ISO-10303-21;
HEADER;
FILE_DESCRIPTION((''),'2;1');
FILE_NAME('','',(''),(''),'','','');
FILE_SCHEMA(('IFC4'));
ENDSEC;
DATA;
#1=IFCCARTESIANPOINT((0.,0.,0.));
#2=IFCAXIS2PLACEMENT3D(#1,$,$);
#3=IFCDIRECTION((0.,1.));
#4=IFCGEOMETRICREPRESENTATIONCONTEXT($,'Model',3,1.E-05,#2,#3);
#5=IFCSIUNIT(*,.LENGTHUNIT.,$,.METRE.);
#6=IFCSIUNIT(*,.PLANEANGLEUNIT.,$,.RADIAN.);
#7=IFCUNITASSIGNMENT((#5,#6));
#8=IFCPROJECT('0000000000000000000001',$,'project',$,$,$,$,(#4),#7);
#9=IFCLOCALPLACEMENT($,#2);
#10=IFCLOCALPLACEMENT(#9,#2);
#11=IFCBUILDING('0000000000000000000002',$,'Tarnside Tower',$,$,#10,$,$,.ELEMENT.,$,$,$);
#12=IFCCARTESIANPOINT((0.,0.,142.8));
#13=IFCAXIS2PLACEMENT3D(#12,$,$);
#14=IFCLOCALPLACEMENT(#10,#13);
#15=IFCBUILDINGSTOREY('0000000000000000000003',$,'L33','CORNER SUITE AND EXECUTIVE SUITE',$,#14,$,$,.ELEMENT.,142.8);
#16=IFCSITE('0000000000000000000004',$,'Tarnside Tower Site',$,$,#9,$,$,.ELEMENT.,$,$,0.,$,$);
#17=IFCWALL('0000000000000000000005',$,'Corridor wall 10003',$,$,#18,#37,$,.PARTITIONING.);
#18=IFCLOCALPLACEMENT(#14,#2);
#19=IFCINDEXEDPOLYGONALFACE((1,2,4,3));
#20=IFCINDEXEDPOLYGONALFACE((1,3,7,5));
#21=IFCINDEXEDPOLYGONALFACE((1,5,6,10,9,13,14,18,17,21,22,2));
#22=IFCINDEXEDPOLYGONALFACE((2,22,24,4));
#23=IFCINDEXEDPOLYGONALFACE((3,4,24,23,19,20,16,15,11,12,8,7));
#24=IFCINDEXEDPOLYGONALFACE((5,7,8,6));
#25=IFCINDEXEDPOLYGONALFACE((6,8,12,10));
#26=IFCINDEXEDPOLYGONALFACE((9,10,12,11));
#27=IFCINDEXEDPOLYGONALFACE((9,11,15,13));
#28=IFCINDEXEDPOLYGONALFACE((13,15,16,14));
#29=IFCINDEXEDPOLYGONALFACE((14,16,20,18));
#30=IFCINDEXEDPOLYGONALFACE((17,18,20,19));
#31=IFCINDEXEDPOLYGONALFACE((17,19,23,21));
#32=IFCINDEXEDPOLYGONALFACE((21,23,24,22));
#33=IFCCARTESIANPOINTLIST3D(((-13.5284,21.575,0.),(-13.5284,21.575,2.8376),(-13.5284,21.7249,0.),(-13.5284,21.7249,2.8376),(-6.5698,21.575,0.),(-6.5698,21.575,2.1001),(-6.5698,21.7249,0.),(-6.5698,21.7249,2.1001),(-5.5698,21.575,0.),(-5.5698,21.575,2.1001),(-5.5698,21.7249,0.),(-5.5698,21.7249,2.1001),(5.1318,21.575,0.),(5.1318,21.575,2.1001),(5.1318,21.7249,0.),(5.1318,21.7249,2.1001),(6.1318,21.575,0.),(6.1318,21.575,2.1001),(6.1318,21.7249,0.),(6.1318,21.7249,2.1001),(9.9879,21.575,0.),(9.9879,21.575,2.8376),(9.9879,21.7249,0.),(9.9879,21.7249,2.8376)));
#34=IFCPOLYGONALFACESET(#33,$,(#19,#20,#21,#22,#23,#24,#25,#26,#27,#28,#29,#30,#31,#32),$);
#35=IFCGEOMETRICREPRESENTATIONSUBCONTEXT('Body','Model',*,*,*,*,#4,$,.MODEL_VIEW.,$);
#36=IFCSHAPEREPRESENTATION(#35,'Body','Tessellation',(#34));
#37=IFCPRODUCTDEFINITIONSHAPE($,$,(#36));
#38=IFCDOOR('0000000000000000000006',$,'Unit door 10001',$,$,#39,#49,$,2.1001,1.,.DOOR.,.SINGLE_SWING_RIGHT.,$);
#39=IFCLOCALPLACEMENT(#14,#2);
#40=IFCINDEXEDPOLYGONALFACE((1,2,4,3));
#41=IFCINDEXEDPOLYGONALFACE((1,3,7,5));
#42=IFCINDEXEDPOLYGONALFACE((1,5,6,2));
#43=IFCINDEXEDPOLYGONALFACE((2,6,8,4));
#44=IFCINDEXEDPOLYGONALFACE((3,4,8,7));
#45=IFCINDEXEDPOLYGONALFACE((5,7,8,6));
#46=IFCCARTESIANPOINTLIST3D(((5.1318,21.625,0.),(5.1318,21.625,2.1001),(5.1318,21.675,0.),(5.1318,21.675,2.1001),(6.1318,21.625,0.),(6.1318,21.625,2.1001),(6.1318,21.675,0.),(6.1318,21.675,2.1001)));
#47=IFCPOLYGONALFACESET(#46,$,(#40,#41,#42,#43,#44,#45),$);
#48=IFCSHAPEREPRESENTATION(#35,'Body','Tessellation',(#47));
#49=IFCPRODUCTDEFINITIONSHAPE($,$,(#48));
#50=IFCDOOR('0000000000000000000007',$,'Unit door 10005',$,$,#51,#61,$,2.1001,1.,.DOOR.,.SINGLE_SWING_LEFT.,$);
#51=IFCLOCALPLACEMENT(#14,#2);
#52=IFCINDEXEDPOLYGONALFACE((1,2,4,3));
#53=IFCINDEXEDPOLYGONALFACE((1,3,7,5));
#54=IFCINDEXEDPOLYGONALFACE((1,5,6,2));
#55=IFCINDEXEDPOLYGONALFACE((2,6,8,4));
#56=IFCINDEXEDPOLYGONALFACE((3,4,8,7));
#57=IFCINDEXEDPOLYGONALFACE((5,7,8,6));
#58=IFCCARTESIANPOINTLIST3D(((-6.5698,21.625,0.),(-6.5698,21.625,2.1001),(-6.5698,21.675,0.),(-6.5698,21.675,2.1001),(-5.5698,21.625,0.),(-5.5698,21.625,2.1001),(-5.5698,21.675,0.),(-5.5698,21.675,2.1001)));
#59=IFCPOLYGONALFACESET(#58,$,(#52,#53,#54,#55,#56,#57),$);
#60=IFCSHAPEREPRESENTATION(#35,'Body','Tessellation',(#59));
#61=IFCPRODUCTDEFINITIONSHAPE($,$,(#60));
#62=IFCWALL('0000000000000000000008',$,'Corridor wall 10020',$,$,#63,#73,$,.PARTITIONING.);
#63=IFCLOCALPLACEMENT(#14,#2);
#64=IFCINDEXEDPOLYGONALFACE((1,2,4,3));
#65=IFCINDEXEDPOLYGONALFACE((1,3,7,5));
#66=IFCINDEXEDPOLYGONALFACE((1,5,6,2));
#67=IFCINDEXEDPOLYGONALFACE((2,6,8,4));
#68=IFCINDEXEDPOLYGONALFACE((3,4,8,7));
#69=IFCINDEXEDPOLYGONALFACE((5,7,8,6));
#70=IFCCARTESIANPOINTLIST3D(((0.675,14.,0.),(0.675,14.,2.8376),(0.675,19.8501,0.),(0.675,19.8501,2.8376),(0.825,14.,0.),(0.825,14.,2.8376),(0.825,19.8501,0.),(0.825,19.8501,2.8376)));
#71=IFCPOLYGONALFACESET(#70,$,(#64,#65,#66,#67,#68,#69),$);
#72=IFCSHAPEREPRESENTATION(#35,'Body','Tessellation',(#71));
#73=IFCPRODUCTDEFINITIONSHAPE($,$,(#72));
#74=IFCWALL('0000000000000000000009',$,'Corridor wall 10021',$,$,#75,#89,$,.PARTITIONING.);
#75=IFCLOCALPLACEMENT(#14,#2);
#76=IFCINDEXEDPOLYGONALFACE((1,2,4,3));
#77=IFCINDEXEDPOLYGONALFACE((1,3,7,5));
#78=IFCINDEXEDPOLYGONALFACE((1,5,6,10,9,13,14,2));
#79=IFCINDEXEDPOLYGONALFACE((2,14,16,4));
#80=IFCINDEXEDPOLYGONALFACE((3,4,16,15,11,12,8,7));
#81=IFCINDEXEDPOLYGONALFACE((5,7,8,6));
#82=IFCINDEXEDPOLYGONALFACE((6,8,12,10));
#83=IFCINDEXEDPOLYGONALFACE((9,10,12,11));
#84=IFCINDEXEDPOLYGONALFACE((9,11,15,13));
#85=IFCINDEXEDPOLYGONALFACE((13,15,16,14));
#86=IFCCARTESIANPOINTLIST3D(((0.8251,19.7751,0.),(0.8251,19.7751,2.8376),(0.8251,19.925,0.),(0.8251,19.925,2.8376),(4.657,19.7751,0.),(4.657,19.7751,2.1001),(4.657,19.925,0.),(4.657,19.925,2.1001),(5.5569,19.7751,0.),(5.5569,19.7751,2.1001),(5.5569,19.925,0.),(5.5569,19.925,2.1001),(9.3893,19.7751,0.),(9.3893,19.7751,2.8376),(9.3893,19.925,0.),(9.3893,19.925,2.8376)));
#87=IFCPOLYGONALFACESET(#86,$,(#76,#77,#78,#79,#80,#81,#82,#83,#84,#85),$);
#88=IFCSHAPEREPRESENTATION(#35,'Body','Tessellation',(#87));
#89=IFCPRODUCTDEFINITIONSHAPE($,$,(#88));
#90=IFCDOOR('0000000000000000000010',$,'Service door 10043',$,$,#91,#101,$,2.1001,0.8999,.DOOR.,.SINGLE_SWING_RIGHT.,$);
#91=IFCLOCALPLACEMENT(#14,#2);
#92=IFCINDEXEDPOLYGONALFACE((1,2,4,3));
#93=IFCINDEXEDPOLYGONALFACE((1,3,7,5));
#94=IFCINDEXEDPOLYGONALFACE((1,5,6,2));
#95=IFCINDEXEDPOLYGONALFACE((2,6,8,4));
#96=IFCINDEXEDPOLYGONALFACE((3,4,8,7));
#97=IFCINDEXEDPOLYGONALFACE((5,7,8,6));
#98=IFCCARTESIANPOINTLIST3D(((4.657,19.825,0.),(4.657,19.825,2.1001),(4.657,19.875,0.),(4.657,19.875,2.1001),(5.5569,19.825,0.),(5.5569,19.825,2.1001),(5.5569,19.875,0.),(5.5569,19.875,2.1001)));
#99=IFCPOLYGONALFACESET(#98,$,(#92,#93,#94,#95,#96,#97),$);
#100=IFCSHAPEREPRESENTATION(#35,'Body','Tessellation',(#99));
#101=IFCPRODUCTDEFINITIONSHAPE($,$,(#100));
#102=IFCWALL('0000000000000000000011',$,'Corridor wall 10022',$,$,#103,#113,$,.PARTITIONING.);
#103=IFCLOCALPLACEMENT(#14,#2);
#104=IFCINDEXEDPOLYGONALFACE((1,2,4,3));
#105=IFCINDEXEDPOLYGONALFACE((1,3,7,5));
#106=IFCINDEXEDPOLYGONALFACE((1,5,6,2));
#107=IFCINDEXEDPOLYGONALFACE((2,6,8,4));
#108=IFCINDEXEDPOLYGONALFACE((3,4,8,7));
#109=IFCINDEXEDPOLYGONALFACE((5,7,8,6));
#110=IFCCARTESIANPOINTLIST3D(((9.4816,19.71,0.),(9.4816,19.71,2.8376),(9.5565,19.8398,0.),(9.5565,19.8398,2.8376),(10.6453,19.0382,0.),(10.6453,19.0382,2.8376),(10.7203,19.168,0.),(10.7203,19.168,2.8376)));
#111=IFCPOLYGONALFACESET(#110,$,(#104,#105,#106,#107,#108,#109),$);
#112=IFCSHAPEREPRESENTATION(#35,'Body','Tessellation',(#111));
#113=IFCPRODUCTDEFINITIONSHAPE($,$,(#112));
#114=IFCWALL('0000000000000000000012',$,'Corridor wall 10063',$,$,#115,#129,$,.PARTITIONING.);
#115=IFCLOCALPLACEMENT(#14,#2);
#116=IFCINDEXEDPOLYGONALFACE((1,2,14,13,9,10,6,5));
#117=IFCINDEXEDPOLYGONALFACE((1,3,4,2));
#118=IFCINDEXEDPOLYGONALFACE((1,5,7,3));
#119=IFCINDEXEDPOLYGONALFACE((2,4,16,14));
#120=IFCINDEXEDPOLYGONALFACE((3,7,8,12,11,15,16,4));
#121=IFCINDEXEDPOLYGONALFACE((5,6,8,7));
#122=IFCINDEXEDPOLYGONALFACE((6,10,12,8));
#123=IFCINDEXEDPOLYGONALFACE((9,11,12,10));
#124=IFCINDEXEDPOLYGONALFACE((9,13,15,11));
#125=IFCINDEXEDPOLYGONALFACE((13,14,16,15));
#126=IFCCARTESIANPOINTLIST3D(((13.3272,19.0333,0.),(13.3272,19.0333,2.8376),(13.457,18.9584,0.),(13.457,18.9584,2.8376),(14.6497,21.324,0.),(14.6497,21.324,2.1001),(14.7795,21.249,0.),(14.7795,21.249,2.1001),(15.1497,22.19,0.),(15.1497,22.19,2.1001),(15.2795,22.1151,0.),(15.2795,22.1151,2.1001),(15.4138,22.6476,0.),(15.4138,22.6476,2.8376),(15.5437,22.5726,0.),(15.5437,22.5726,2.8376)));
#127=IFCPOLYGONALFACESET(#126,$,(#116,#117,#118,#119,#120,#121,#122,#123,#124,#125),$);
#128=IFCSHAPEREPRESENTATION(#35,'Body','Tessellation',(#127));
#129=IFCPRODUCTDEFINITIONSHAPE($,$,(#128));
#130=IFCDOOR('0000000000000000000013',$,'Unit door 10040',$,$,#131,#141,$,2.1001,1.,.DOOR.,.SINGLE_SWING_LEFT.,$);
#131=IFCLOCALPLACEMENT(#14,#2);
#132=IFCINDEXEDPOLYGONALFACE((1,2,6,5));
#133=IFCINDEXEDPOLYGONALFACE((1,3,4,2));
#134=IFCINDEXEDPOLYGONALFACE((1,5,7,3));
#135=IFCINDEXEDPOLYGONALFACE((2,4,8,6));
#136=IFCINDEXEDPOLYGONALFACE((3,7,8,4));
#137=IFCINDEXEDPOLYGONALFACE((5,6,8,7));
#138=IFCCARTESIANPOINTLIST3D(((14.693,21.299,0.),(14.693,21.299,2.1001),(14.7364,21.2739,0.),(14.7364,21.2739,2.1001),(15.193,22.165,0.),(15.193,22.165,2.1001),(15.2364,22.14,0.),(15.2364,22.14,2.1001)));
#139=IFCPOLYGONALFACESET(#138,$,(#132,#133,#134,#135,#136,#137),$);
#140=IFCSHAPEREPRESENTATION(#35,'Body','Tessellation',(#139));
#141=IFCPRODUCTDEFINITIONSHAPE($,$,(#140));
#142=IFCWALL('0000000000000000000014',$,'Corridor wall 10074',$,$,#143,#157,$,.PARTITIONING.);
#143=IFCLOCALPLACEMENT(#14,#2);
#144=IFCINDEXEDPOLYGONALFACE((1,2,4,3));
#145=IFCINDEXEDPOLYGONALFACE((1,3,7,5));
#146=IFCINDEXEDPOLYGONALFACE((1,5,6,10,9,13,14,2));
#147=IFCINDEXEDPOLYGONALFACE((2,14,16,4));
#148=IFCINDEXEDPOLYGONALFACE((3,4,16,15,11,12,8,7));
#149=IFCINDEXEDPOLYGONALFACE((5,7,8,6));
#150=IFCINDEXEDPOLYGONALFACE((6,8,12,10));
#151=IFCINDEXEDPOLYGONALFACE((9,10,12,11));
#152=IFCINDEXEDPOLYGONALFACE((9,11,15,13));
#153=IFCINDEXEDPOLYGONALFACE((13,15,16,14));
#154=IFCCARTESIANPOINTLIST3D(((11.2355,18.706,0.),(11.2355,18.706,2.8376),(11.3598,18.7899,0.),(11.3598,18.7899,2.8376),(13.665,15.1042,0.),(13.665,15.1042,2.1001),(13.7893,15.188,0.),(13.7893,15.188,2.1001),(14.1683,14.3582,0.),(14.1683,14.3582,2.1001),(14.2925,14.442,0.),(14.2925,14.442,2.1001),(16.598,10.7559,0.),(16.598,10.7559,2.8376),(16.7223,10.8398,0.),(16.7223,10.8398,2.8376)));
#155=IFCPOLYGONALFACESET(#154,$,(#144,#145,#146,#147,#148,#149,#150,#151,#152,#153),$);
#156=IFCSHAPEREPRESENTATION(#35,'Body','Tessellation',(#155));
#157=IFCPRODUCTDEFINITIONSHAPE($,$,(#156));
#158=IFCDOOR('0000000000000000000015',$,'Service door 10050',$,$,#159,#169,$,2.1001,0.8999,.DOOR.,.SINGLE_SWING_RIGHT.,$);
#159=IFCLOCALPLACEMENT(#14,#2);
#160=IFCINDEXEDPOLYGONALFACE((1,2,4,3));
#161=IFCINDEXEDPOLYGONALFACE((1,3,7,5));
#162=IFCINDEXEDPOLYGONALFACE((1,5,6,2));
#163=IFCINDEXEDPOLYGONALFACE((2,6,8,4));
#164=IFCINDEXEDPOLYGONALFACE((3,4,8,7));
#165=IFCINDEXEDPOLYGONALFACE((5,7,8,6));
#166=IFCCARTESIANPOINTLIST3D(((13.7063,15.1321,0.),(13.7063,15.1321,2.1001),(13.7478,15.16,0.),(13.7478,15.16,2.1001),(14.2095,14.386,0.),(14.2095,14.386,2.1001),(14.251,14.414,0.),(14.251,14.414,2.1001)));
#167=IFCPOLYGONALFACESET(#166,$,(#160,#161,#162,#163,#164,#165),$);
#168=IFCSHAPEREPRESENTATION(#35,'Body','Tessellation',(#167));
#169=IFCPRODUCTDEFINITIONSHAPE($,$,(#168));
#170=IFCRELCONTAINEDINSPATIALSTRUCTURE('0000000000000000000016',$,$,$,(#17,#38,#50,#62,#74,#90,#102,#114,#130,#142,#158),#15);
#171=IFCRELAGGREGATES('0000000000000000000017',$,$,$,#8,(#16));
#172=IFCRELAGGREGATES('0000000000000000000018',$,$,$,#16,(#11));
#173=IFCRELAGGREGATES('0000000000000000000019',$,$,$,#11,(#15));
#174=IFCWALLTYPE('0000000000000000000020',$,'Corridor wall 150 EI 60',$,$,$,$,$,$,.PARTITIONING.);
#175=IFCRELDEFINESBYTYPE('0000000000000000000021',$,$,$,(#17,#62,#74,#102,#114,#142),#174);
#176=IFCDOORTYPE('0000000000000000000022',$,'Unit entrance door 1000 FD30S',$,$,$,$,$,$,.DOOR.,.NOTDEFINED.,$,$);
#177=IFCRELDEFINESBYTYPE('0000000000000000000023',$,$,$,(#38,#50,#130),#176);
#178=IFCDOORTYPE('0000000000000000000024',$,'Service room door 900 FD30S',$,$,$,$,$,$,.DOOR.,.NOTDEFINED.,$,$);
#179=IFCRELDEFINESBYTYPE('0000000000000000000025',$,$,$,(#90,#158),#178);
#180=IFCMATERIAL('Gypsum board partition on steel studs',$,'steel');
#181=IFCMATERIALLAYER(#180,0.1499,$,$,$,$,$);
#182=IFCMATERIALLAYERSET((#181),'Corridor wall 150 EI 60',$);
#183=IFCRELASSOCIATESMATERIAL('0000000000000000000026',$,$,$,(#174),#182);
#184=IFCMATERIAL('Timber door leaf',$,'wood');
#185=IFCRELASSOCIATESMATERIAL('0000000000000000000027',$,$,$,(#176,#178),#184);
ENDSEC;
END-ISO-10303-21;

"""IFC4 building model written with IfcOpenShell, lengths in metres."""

from ifc_helpers import new_model, si_unit, direction, frame, frame_2d, origin, place, context, subcontext, project, spatial, rectangle, extrude, material, layer, layer_set, type_object, element, fill, save


model = new_model("IFC4")

# Units and contexts
model_context = context("Model", 3, precision=1e-05, world=origin(), true_north=direction((0.0, 1.0)))
body_context = subcontext(model_context, "Body", "Model", "MODEL_VIEW")
ifc_project = project(units=[si_unit("LENGTHUNIT", "METRE"), si_unit("PLANEANGLEUNIT", "RADIAN")], contexts=[model_context])

# Site, building, storey
site_placement = place(None, origin())
site = spatial("IfcSite", under=ifc_project, at=site_placement, Name="Tarnside Tower Site", CompositionType="ELEMENT", RefElevation=0.0)
building_placement = place(site_placement, origin())
building = spatial("IfcBuilding", under=site, at=building_placement, Name="Tarnside Tower", CompositionType="ELEMENT")
storey_placement = place(building_placement, frame((0.0, 0.0, 142.8)))
storey = spatial("IfcBuildingStorey", under=building, at=storey_placement, Name="L33", Description="CORNER SUITE AND EXECUTIVE SUITE", CompositionType="ELEMENT", Elevation=142.8)

# Shared definitions
ifc_material_1 = material(Name="Gypsum board partition on steel studs", Category="steel")
ifc_material_2 = material(Name="Timber door leaf", Category="wood")

# Shared definitions
ifc_layer_1 = layer(ifc_material_1, 0.1499)
ifc_layer_set_1 = layer_set([ifc_layer_1], Name="Corridor wall 150 EI 60")
wall_type_1 = type_object("IfcWallType", Name="Corridor wall 150 EI 60", PredefinedType="PARTITIONING", material=ifc_layer_set_1)

# Wall, openings, doors
wall_1_placement = place(storey_placement, frame((9.988, 21.6499, 0.0), z_axis=(0.0, 0.0, 1.0), x_axis=(-1.0, 0.0, 0.0)))
wall_1 = element("IfcWall", 1, at=wall_1_placement, inside=storey, type_object=wall_type_1, Name="Corridor wall 10003", PredefinedType="PARTITIONING", context=body_context, shape_type="SweptSolid", body=[
    extrude(rectangle(XDim=23.5164, YDim=0.1499, at=frame_2d((11.7583, 0.0))), origin(), (0.0, 0.0, 1.0), 2.8376),
])
opening_1_placement = place(wall_1_placement, frame((3.8562, 0.0, 0.0)))
opening_1 = element("IfcOpeningElement", 2, at=opening_1_placement, cuts=wall_1, PredefinedType="OPENING", context=body_context, shape_type="SweptSolid", body=[
    extrude(rectangle(XDim=1.0, YDim=2.1001, at=frame_2d((0.5, 1.05))), frame((0.0, 0.085, 0.0), z_axis=(0.0, -1.0, 0.0), x_axis=(1.0, 0.0, 0.0)), (0.0, 0.0, 1.0), 0.1699),
])
opening_2_placement = place(wall_1_placement, frame((15.5579, 0.0, 0.0)))
opening_2 = element("IfcOpeningElement", 3, at=opening_2_placement, cuts=wall_1, PredefinedType="OPENING", context=body_context, shape_type="SweptSolid", body=[
    extrude(rectangle(XDim=1.0, YDim=2.1001, at=frame_2d((0.5, 1.05))), frame((0.0, 0.085, 0.0), z_axis=(0.0, -1.0, 0.0), x_axis=(1.0, 0.0, 0.0)), (0.0, 0.0, 1.0), 0.1699),
])
door_type_1 = type_object("IfcDoorType", Name="Unit entrance door 1000 FD30S", OperationType="NOTDEFINED", PredefinedType="DOOR", material=ifc_material_2)
door_1_placement = place(opening_1_placement, origin())
door_1 = element("IfcDoor", 4, at=door_1_placement, inside=storey, type_object=door_type_1, Name="Unit door 10001", OperationType="SINGLE_SWING_RIGHT", OverallHeight=2.1001, OverallWidth=1.0, PredefinedType="DOOR", context=body_context, shape_type="SweptSolid", body=[
    extrude(rectangle(XDim=1.0, YDim=2.1001, at=frame_2d((0.5, 1.05))), frame((0.0, 0.0249, 0.0), z_axis=(0.0, -1.0, 0.0), x_axis=(1.0, 0.0, 0.0)), (0.0, 0.0, 1.0), 0.05),
])
fill(opening_1, door_1)
door_2_placement = place(opening_2_placement, origin())
door_2 = element("IfcDoor", 5, at=door_2_placement, inside=storey, type_object=door_type_1, Name="Unit door 10005", OperationType="SINGLE_SWING_LEFT", OverallHeight=2.1001, OverallWidth=1.0, PredefinedType="DOOR", context=body_context, shape_type="SweptSolid", body=[
    extrude(rectangle(XDim=1.0, YDim=2.1001, at=frame_2d((0.5, 1.05))), frame((0.0, 0.0249, 0.0), z_axis=(0.0, -1.0, 0.0), x_axis=(1.0, 0.0, 0.0)), (0.0, 0.0, 1.0), 0.05),
])
fill(opening_2, door_2)

# Wall
wall_2_placement = place(storey_placement, frame((0.75, 14.0, 0.0), z_axis=(0.0, 0.0, 1.0), x_axis=(0.0, 1.0, 0.0)))
element("IfcWall", 6, at=wall_2_placement, inside=storey, type_object=wall_type_1, Name="Corridor wall 10020", PredefinedType="PARTITIONING", context=body_context, shape_type="SweptSolid", body=[
    extrude(rectangle(XDim=5.8501, YDim=0.1499, at=frame_2d((2.925, 0.0))), origin(), (0.0, 0.0, 1.0), 2.8376),
])

# Wall, opening, door
wall_3_placement = place(storey_placement, frame((0.825, 19.8501, 0.0), z_axis=(0.0, 0.0, 1.0), x_axis=(1.0, 0.0, 0.0)))
wall_3 = element("IfcWall", 7, at=wall_3_placement, inside=storey, type_object=wall_type_1, Name="Corridor wall 10021", PredefinedType="PARTITIONING", context=body_context, shape_type="SweptSolid", body=[
    extrude(rectangle(XDim=8.5642, YDim=0.1499, at=frame_2d((4.2822, 0.0))), origin(), (0.0, 0.0, 1.0), 2.8376),
])
opening_3_placement = place(wall_3_placement, frame((3.832, 0.0, 0.0)))
opening_3 = element("IfcOpeningElement", 8, at=opening_3_placement, cuts=wall_3, PredefinedType="OPENING", context=body_context, shape_type="SweptSolid", body=[
    extrude(rectangle(XDim=0.8999, YDim=2.1001, at=frame_2d((0.45, 1.05))), frame((0.0, 0.085, 0.0), z_axis=(0.0, -1.0, 0.0), x_axis=(1.0, 0.0, 0.0)), (0.0, 0.0, 1.0), 0.1699),
])
door_type_2 = type_object("IfcDoorType", Name="Service room door 900 FD30S", OperationType="NOTDEFINED", PredefinedType="DOOR", material=ifc_material_2)
door_3_placement = place(opening_3_placement, origin())
door_3 = element("IfcDoor", 9, at=door_3_placement, inside=storey, type_object=door_type_2, Name="Service door 10043", OperationType="SINGLE_SWING_RIGHT", OverallHeight=2.1001, OverallWidth=0.8999, PredefinedType="DOOR", context=body_context, shape_type="SweptSolid", body=[
    extrude(rectangle(XDim=0.8999, YDim=2.1001, at=frame_2d((0.45, 1.05))), frame((0.0, 0.0249, 0.0), z_axis=(0.0, -1.0, 0.0), x_axis=(1.0, 0.0, 0.0)), (0.0, 0.0, 1.0), 0.05),
])
fill(opening_3, door_3)

# Wall
wall_4_placement = place(storey_placement, frame((9.519, 19.7749, 0.0), z_axis=(0.0, 0.0, 1.0), x_axis=(0.866043, -0.499969, 0.0)))
element("IfcWall", 10, at=wall_4_placement, inside=storey, type_object=wall_type_1, Name="Corridor wall 10022", PredefinedType="PARTITIONING", context=body_context, shape_type="SweptSolid", body=[
    extrude(rectangle(XDim=1.3438, YDim=0.1499, at=frame_2d((0.6719, 0.0))), origin(), (0.0, 0.0, 1.0), 2.8376),
])

# Walls, openings, doors
wall_5_placement = place(storey_placement, frame((13.3921, 18.9958, 0.0), z_axis=(0.0, 0.0, 1.0), x_axis=(0.499996, 0.866028, 0.0)))
wall_5 = element("IfcWall", 11, at=wall_5_placement, inside=storey, type_object=wall_type_1, Name="Corridor wall 10063", PredefinedType="PARTITIONING", context=body_context, shape_type="SweptSolid", body=[
    extrude(rectangle(XDim=4.1733, YDim=0.1499, at=frame_2d((2.0867, 0.0))), origin(), (0.0, 0.0, 1.0), 2.8376),
])
opening_4_placement = place(wall_5_placement, frame((2.645, 0.0, 0.0)))
opening_4 = element("IfcOpeningElement", 12, at=opening_4_placement, cuts=wall_5, PredefinedType="OPENING", context=body_context, shape_type="SweptSolid", body=[
    extrude(rectangle(XDim=1.0, YDim=2.1001, at=frame_2d((0.5, 1.05))), frame((0.0, 0.085, 0.0), z_axis=(0.0, -1.0, 0.0), x_axis=(1.0, 0.0, 0.0)), (0.0, 0.0, 1.0), 0.1699),
])
door_4_placement = place(opening_4_placement, origin())
door_4 = element("IfcDoor", 13, at=door_4_placement, inside=storey, type_object=door_type_1, Name="Unit door 10040", OperationType="SINGLE_SWING_LEFT", OverallHeight=2.1001, OverallWidth=1.0, PredefinedType="DOOR", context=body_context, shape_type="SweptSolid", body=[
    extrude(rectangle(XDim=1.0, YDim=2.1001, at=frame_2d((0.5, 1.05))), frame((0.0, 0.0249, 0.0), z_axis=(0.0, -1.0, 0.0), x_axis=(1.0, 0.0, 0.0)), (0.0, 0.0, 1.0), 0.05),
])
fill(opening_4, door_4)
wall_6_placement = place(storey_placement, frame((11.2976, 18.748, 0.0), z_axis=(0.0, 0.0, 1.0), x_axis=(0.559198, -0.829034, 0.0)))
wall_6 = element("IfcWall", 14, at=wall_6_placement, inside=storey, type_object=wall_type_1, Name="Corridor wall 10074", PredefinedType="PARTITIONING", context=body_context, shape_type="SweptSolid", body=[
    extrude(rectangle(XDim=9.5896, YDim=0.1499, at=frame_2d((4.7949, 0.0))), origin(), (0.0, 0.0, 1.0), 2.8376),
])
opening_5_placement = place(wall_6_placement, frame((4.3447, 0.0, 0.0)))
opening_5 = element("IfcOpeningElement", 15, at=opening_5_placement, cuts=wall_6, PredefinedType="OPENING", context=body_context, shape_type="SweptSolid", body=[
    extrude(rectangle(XDim=0.8999, YDim=2.1001, at=frame_2d((0.45, 1.05))), frame((0.0, 0.085, 0.0), z_axis=(0.0, -1.0, 0.0), x_axis=(1.0, 0.0, 0.0)), (0.0, 0.0, 1.0), 0.1699),
])
door_5_placement = place(opening_5_placement, origin())
door_5 = element("IfcDoor", 16, at=door_5_placement, inside=storey, type_object=door_type_2, Name="Service door 10050", OperationType="SINGLE_SWING_RIGHT", OverallHeight=2.1001, OverallWidth=0.8999, PredefinedType="DOOR", context=body_context, shape_type="SweptSolid", body=[
    extrude(rectangle(XDim=0.8999, YDim=2.1001, at=frame_2d((0.45, 1.05))), frame((0.0, 0.0249, 0.0), z_axis=(0.0, -1.0, 0.0), x_axis=(1.0, 0.0, 0.0)), (0.0, 0.0, 1.0), 0.05),
])
fill(opening_5, door_5)

save(model, "model.ifc")
